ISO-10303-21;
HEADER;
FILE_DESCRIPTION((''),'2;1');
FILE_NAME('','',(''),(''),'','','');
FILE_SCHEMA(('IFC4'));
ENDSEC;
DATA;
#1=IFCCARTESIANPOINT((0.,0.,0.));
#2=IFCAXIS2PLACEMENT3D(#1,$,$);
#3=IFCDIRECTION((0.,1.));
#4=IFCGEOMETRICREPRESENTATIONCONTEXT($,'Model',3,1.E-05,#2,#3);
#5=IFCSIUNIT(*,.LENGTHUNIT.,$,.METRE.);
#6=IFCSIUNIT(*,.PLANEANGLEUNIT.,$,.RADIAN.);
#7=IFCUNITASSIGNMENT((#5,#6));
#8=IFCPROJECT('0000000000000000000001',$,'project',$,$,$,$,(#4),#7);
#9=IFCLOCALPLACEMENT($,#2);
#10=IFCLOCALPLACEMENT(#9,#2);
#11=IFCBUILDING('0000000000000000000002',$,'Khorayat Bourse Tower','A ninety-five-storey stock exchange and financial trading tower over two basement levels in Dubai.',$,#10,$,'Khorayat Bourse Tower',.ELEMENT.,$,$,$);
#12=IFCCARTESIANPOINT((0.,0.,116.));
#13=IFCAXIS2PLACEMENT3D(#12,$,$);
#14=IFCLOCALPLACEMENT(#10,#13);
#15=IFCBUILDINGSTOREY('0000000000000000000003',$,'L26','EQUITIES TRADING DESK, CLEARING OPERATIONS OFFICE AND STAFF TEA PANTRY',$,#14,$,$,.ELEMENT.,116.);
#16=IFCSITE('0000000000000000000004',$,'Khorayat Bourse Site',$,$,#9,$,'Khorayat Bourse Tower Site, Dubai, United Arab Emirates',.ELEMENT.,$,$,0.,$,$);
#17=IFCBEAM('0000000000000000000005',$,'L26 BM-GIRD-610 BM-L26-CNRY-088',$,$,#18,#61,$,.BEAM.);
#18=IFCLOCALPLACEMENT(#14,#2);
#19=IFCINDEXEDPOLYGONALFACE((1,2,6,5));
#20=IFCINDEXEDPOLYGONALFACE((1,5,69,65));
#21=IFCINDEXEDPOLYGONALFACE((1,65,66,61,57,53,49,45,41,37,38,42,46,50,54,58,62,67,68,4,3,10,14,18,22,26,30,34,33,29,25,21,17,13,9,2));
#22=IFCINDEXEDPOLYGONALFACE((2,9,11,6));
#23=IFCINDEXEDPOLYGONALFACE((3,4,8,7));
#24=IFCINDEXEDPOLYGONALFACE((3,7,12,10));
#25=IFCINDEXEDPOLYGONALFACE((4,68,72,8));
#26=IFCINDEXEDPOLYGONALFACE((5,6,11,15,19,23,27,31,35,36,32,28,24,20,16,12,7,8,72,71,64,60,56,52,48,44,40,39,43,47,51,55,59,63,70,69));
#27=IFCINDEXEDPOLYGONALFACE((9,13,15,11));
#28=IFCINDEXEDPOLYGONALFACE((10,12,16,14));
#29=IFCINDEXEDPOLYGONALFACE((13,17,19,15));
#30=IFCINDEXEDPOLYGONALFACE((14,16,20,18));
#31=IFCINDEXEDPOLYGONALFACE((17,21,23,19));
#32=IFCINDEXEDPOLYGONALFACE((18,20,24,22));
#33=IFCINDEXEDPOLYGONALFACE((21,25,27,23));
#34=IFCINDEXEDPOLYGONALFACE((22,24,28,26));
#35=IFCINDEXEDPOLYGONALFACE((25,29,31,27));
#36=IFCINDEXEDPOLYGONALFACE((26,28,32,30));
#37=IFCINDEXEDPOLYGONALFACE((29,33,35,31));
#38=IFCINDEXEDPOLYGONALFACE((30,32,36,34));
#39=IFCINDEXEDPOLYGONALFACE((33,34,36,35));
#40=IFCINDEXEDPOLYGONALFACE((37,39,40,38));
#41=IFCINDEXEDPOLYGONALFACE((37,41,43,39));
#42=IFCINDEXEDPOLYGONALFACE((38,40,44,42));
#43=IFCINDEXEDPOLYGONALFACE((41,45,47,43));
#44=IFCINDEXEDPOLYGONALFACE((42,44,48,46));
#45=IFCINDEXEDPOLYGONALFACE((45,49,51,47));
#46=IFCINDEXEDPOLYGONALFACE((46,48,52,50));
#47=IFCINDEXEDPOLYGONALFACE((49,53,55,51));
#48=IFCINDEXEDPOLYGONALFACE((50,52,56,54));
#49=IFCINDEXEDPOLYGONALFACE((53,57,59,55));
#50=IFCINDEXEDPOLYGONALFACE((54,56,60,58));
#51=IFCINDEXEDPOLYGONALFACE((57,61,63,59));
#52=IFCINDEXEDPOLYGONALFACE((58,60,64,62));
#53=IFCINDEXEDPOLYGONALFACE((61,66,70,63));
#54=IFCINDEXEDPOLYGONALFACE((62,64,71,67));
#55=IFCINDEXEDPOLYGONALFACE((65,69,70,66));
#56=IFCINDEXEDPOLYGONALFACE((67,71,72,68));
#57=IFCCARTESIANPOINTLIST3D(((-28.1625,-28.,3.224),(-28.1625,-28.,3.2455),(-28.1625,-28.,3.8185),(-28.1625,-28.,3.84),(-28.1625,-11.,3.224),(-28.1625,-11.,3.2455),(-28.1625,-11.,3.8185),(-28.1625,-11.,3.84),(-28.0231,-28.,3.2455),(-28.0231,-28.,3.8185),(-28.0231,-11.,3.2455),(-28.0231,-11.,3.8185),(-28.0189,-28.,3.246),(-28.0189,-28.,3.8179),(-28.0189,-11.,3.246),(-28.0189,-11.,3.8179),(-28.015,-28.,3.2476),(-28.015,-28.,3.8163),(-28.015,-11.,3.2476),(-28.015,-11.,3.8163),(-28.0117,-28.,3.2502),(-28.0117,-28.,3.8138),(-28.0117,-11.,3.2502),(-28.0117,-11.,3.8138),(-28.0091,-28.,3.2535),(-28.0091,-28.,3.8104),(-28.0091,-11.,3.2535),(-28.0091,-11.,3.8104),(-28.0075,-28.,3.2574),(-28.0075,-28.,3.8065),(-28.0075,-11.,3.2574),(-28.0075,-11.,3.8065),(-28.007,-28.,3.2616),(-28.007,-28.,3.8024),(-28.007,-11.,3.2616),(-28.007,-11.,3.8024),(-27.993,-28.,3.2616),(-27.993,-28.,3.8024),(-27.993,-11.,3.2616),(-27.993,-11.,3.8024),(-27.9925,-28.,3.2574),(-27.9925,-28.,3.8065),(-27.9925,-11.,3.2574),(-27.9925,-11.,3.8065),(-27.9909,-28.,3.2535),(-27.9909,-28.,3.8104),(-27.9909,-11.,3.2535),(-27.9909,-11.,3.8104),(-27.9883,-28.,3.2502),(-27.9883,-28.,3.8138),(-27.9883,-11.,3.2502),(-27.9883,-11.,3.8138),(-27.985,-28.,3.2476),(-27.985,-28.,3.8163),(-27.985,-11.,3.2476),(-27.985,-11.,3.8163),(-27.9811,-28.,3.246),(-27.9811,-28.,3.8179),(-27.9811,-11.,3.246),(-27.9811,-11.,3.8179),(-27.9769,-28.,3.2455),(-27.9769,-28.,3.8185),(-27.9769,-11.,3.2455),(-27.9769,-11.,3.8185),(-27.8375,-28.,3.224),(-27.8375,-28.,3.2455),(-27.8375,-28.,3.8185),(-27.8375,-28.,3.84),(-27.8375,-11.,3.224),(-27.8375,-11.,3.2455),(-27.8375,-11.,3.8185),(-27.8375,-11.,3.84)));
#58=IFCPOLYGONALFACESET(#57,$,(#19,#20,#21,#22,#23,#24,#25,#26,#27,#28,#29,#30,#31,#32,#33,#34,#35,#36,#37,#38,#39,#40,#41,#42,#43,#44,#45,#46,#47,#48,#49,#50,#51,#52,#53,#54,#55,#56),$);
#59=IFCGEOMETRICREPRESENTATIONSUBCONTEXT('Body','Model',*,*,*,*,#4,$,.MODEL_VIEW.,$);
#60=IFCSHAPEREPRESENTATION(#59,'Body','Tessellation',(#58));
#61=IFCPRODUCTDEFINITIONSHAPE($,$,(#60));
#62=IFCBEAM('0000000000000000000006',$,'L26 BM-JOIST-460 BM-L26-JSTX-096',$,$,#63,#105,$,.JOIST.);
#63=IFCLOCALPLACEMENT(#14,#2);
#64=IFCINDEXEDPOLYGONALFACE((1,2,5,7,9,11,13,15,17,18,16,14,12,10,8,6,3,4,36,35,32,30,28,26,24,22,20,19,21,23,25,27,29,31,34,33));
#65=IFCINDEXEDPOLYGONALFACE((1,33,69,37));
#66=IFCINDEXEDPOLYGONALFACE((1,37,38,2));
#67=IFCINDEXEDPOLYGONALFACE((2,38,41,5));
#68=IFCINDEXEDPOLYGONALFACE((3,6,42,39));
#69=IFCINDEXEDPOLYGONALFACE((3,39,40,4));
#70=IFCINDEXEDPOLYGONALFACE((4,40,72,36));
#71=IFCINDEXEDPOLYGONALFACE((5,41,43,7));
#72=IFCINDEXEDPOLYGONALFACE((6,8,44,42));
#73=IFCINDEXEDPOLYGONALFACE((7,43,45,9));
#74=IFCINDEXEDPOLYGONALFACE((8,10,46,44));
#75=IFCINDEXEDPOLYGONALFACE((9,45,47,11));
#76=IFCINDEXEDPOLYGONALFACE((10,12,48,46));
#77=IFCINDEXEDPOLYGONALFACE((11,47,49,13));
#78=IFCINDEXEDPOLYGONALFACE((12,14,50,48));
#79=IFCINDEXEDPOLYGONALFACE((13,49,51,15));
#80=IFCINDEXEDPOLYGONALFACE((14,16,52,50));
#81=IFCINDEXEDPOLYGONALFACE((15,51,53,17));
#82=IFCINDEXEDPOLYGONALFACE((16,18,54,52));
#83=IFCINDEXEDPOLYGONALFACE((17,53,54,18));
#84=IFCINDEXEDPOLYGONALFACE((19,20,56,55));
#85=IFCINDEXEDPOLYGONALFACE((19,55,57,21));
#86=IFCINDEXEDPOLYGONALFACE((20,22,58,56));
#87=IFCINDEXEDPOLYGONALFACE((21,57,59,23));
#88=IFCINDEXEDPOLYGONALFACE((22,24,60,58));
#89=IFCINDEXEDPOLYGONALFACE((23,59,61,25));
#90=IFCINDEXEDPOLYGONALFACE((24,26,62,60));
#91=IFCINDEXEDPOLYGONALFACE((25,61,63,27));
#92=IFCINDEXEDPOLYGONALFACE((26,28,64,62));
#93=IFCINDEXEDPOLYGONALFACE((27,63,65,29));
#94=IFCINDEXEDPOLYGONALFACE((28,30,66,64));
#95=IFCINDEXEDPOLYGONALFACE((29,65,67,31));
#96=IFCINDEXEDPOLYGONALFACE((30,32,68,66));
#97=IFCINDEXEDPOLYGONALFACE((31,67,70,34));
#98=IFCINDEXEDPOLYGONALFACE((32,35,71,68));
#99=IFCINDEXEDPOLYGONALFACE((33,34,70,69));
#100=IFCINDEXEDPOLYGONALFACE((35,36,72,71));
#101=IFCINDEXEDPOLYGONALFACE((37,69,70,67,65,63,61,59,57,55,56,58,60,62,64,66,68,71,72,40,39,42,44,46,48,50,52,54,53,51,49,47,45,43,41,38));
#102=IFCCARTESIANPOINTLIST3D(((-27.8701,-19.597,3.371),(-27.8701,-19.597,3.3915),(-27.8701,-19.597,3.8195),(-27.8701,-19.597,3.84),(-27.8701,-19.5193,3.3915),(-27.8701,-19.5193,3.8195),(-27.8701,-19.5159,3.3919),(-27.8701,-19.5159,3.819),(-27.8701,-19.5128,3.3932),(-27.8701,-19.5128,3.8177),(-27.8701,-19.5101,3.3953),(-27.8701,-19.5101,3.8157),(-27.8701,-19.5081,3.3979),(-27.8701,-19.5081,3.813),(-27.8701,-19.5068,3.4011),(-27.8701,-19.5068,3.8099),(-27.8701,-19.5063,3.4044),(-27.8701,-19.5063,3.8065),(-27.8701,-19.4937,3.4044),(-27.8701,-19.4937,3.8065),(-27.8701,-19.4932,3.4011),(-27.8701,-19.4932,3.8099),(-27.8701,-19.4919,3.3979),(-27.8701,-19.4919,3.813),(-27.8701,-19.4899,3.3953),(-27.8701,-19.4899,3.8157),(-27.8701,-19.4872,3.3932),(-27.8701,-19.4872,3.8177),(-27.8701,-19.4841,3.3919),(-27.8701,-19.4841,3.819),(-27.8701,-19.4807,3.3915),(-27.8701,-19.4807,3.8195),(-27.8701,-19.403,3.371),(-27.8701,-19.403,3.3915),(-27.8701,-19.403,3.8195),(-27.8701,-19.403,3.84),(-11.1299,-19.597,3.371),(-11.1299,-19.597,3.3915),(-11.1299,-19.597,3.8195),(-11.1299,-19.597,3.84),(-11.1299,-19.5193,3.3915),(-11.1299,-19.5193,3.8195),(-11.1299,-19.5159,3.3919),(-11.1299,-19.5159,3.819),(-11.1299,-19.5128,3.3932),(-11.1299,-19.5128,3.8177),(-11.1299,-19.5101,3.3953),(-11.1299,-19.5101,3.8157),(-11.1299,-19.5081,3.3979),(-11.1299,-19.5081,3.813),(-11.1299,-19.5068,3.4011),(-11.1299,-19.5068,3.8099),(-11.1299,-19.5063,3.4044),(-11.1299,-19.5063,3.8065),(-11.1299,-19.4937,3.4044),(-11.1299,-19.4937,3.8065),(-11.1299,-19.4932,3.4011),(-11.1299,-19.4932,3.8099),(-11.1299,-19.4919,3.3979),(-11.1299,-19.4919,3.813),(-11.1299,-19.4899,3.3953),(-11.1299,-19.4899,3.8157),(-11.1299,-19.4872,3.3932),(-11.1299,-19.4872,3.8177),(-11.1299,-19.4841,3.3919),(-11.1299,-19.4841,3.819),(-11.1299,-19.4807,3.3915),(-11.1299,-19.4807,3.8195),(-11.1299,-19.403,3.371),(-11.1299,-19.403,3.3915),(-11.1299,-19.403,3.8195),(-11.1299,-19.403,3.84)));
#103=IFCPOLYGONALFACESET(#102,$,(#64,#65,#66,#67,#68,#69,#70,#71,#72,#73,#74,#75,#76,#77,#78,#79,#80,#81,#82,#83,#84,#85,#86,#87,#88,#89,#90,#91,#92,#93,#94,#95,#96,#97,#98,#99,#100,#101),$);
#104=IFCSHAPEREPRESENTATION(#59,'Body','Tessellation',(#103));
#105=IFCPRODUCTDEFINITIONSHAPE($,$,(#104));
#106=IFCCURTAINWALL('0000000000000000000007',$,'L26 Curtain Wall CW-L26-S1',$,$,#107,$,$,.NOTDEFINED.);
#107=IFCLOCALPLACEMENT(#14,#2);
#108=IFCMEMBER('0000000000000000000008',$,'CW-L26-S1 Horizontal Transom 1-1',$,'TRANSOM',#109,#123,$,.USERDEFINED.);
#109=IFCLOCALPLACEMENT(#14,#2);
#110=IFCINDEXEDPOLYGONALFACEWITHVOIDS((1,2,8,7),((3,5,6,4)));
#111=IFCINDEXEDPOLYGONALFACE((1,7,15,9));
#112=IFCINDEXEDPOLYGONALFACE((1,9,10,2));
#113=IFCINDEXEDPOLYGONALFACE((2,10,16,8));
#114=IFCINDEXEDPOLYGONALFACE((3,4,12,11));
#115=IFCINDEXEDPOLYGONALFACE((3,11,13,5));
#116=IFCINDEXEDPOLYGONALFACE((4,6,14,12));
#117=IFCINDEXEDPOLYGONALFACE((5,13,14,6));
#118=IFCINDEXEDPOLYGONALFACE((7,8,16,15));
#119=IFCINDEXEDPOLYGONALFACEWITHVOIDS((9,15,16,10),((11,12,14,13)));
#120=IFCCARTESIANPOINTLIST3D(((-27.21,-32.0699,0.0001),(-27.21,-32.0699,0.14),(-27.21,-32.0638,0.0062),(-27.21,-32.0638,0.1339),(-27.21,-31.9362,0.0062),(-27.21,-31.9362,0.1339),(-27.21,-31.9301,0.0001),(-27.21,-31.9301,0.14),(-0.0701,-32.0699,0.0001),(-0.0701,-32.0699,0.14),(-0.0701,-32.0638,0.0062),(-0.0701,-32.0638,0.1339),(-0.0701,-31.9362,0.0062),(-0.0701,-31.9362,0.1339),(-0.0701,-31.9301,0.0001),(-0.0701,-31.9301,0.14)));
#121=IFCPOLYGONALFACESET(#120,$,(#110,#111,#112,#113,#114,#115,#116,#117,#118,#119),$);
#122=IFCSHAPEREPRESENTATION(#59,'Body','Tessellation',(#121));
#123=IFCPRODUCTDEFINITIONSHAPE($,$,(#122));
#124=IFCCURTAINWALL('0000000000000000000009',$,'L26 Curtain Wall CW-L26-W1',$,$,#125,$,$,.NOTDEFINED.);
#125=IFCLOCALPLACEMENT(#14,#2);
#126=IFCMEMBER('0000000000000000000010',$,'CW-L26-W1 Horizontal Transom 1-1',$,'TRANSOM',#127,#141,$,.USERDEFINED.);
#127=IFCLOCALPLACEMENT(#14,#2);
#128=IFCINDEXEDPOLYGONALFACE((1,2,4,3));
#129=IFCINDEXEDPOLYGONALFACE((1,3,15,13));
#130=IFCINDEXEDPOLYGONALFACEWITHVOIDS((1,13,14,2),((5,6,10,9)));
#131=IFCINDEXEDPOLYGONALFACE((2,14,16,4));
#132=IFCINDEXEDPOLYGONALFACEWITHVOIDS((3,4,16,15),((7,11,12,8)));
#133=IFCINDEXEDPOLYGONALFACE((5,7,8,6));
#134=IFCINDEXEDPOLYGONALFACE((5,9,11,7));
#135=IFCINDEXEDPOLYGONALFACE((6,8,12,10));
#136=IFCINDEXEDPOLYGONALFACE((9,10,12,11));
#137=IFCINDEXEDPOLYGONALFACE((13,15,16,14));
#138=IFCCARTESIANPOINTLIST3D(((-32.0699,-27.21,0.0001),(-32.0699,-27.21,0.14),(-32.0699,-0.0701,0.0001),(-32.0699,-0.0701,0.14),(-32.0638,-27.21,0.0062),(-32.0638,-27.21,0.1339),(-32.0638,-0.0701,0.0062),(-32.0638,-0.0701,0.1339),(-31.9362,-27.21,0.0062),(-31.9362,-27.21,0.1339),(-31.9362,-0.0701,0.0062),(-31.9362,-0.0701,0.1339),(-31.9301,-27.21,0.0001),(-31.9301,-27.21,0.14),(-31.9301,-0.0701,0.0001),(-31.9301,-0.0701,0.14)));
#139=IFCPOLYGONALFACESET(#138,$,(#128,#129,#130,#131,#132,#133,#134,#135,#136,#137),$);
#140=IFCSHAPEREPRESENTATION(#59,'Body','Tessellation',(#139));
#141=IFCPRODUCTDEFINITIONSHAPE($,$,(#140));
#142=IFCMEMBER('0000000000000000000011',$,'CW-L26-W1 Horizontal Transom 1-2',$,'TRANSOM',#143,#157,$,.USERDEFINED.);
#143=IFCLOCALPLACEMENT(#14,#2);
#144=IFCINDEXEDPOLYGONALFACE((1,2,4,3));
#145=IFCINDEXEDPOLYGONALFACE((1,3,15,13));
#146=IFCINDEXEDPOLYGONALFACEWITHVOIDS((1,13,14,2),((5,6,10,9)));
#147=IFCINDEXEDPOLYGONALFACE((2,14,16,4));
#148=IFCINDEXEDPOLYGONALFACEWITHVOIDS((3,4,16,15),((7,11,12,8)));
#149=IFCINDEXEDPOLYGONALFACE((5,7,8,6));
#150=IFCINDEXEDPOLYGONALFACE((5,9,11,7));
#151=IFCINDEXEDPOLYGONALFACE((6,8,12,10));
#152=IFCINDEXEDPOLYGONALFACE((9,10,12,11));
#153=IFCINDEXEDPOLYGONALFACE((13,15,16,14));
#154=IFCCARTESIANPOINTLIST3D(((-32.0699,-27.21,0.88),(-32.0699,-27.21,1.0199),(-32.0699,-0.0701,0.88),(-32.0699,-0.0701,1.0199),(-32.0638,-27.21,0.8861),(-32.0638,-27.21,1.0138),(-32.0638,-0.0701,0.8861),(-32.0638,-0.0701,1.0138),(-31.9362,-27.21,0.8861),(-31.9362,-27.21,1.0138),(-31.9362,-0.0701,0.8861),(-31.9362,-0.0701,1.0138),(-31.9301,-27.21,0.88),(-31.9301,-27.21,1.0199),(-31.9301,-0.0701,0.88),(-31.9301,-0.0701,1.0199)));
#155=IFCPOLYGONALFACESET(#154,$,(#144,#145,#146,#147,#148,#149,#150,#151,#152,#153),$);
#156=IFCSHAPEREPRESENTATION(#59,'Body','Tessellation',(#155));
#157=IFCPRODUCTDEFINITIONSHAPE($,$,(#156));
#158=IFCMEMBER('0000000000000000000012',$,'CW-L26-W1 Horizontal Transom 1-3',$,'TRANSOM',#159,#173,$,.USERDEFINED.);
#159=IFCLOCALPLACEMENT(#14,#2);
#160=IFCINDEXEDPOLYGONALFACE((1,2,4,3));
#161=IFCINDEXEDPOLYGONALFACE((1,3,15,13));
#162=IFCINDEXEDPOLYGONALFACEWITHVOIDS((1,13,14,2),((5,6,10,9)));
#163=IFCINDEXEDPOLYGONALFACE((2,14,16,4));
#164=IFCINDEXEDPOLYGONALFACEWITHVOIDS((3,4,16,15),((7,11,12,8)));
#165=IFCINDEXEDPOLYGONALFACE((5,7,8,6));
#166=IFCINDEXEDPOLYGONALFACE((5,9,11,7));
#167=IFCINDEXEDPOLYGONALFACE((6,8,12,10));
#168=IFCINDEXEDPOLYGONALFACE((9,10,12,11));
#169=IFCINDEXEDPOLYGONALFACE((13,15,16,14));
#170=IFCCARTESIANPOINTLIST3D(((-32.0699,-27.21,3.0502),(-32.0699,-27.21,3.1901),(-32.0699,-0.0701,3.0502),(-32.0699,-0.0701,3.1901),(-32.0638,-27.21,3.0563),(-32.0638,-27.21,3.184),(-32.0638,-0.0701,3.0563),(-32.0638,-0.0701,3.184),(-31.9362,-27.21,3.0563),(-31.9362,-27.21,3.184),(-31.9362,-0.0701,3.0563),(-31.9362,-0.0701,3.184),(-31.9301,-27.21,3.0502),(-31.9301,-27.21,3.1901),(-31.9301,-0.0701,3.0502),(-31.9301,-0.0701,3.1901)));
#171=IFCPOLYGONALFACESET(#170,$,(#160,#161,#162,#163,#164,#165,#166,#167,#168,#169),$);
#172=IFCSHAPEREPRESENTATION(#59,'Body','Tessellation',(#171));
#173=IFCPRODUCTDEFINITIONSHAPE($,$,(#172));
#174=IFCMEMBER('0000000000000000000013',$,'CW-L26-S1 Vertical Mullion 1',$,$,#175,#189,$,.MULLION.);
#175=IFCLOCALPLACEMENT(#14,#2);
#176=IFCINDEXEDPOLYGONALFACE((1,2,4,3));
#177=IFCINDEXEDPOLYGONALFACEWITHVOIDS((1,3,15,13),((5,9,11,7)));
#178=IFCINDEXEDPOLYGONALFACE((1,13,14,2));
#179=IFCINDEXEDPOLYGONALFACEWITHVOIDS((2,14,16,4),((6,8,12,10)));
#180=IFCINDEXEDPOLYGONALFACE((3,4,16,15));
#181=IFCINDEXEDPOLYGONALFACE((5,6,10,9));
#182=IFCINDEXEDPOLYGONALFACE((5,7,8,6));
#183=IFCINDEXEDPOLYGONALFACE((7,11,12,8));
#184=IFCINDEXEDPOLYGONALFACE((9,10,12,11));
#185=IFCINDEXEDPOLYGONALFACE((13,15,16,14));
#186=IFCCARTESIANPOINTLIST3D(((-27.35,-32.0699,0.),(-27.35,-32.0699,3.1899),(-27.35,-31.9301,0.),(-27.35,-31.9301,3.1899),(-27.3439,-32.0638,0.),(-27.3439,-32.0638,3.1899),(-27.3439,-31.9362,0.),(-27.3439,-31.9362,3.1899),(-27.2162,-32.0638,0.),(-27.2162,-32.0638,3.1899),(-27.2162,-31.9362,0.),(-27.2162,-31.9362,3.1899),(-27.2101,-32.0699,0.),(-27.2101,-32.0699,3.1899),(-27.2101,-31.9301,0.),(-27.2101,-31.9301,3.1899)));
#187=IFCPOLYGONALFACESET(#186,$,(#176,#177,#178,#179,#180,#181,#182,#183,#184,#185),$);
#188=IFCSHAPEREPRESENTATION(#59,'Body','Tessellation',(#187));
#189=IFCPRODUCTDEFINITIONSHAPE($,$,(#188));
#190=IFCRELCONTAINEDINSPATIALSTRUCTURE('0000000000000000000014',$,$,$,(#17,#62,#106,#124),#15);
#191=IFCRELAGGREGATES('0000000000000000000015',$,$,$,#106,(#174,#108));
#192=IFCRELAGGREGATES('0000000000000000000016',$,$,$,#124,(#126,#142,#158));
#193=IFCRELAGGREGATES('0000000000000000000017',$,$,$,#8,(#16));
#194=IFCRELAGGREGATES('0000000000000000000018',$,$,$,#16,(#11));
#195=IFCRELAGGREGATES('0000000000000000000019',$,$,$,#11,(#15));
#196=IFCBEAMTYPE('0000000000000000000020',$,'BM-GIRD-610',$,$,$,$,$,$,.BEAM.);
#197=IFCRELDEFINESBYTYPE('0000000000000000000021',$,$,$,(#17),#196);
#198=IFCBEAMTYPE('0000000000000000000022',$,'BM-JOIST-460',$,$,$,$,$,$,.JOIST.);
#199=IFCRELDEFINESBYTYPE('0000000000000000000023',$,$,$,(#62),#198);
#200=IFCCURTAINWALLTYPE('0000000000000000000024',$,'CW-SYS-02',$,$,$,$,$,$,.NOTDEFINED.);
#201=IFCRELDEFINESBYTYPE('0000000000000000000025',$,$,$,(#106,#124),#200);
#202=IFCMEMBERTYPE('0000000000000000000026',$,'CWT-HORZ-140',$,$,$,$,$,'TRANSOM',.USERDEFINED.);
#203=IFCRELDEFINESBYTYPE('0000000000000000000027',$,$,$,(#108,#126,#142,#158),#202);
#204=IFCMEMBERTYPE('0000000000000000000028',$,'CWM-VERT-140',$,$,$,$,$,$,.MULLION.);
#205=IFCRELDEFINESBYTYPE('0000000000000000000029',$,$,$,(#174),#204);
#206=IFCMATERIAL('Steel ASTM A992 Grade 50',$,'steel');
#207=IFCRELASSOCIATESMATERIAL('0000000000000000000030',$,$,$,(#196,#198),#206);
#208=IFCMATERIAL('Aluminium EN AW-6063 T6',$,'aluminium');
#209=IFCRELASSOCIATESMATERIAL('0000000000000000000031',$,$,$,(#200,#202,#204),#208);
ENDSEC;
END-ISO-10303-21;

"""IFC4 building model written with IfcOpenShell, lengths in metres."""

from ifc_helpers import new_model, si_unit, direction, frame, origin, origin_2d, place, context, subcontext, project, spatial, hollow_rectangle, i_section, extrude, source, transform, mapped, material, material_profile, profile_set, type_object, element, aggregate, save


model = new_model("IFC4")

# Units and contexts
model_context = context("Model", 3, precision=1e-05, world=origin(), true_north=direction((0.0, 1.0)))
body_context = subcontext(model_context, "Body", "Model", "MODEL_VIEW")
ifc_project = project(units=[si_unit("LENGTHUNIT", "METRE"), si_unit("PLANEANGLEUNIT", "RADIAN")], contexts=[model_context])

# Site, building, storey
site_placement = place(None, origin())
site = spatial("IfcSite", under=ifc_project, at=site_placement, Name="Khorayat Bourse Site", LongName="Khorayat Bourse Tower Site, Dubai, United Arab Emirates", CompositionType="ELEMENT", RefElevation=0.0)
building_placement = place(site_placement, origin())
building = spatial("IfcBuilding", under=site, at=building_placement, Name="Khorayat Bourse Tower", Description="A ninety-five-storey stock exchange and financial trading tower over two basement levels in Dubai.", LongName="Khorayat Bourse Tower", CompositionType="ELEMENT")
storey_placement = place(building_placement, frame((0.0, 0.0, 116.0)))
storey = spatial("IfcBuildingStorey", under=building, at=storey_placement, Name="L26", Description="EQUITIES TRADING DESK, CLEARING OPERATIONS OFFICE AND STAFF TEA PANTRY", CompositionType="ELEMENT", Elevation=116.0)

# Beams
ifc_material_1 = material(Name="Steel ASTM A992 Grade 50", Category="steel")
ifc_material_profile_1 = material_profile(ifc_material_1, i_section(OverallWidth=0.325, OverallDepth=0.616, WebThickness=0.0139, FlangeThickness=0.0215, FilletRadius=0.0161, at=origin_2d()), Name="W610X174")
ifc_profile_set_1 = profile_set([ifc_material_profile_1], Name="Steel ASTM A992 Grade 50")
beam_type_1 = type_object("IfcBeamType", Name="BM-GIRD-610", PredefinedType="BEAM", material=ifc_profile_set_1)
shared_shape_1 = source(origin(), body_context, "Body", "SweptSolid", [
    extrude(i_section(OverallWidth=0.325, OverallDepth=0.616, WebThickness=0.0139, FlangeThickness=0.0215, FilletRadius=0.0161, at=origin_2d()), origin(), (0.0, 0.0, 1.0), 17.0),
])
beam_1_placement = place(storey_placement, frame((-28.0, -28.0, 3.532), z_axis=(0.0, 1.0, 0.0), x_axis=(-1.0, 0.0, 0.0)))
element("IfcBeam", 1, at=beam_1_placement, inside=storey, type_object=beam_type_1, Name="L26 BM-GIRD-610 BM-L26-CNRY-088", PredefinedType="BEAM", context=body_context, shape_type="MappedRepresentation", body=[
    mapped(shared_shape_1, transform((0.0, 0.0, 0.0), scale=1.0)),
])
ifc_material_profile_2 = material_profile(ifc_material_1, i_section(OverallWidth=0.1941, OverallDepth=0.469, WebThickness=0.0127, FlangeThickness=0.0205, FilletRadius=0.0129, at=origin_2d()), Name="W460X106")
ifc_profile_set_2 = profile_set([ifc_material_profile_2], Name="Steel ASTM A992 Grade 50")
beam_type_2 = type_object("IfcBeamType", Name="BM-JOIST-460", PredefinedType="JOIST", material=ifc_profile_set_2)
shared_shape_2 = source(origin(), body_context, "Body", "SweptSolid", [
    extrude(i_section(OverallWidth=0.1941, OverallDepth=0.469, WebThickness=0.0127, FlangeThickness=0.0205, FilletRadius=0.0129, at=origin_2d()), origin(), (0.0, 0.0, 1.0), 16.7402),
])
beam_2_placement = place(storey_placement, frame((-27.8701, -19.5, 3.6055), z_axis=(1.0, 0.0, 0.0), x_axis=(0.0, 1.0, 0.0)))
element("IfcBeam", 2, at=beam_2_placement, inside=storey, type_object=beam_type_2, Name="L26 BM-JOIST-460 BM-L26-JSTX-096", PredefinedType="JOIST", context=body_context, shape_type="MappedRepresentation", body=[
    mapped(shared_shape_2, transform((0.0, 0.0, 0.0), scale=1.0)),
])

# Curtain wall, member
ifc_material_2 = material(Name="Aluminium EN AW-6063 T6", Category="aluminium")
curtain_wall_type = type_object("IfcCurtainWallType", Name="CW-SYS-02", PredefinedType="NOTDEFINED", material=ifc_material_2)
curtain_wall_1_placement = place(storey_placement, origin())
curtain_wall_1 = element("IfcCurtainWall", 3, at=curtain_wall_1_placement, inside=storey, type_object=curtain_wall_type, Name="L26 Curtain Wall CW-L26-S1", PredefinedType="NOTDEFINED")
ifc_material_profile_3 = material_profile(ifc_material_2, hollow_rectangle(XDim=0.1399, YDim=0.1399, WallThickness=0.0061, at=origin_2d()), Name="ALU 140x140x6")
ifc_profile_set_3 = profile_set([ifc_material_profile_3], Name="Aluminium EN AW-6063 T6")
member_type_1 = type_object("IfcMemberType", Name="CWT-HORZ-140", ElementType="TRANSOM", PredefinedType="USERDEFINED", material=ifc_profile_set_3)
shared_shape_3 = source(origin(), body_context, "Body", "SweptSolid", [
    extrude(hollow_rectangle(XDim=0.1399, YDim=0.1399, WallThickness=0.0061, at=origin_2d()), origin(), (0.0, 0.0, 1.0), 27.1399),
])
member_1_placement = place(storey_placement, frame((-27.21, -32.0, 0.0701), z_axis=(1.0, 0.0, 0.0), x_axis=(0.0, 1.0, 0.0)))
member_1 = element("IfcMember", 4, at=member_1_placement, type_object=member_type_1, Name="CW-L26-S1 Horizontal Transom 1-1", ObjectType="TRANSOM", PredefinedType="USERDEFINED", context=body_context, shape_type="MappedRepresentation", body=[
    mapped(shared_shape_3, transform((0.0, 0.0, 0.0), scale=1.0)),
])

# Curtain wall, members
curtain_wall_2_placement = place(storey_placement, origin())
curtain_wall_2 = element("IfcCurtainWall", 5, at=curtain_wall_2_placement, inside=storey, type_object=curtain_wall_type, Name="L26 Curtain Wall CW-L26-W1", PredefinedType="NOTDEFINED")
member_2_placement = place(storey_placement, frame((-32.0, -27.21, 0.0701), z_axis=(0.0, 1.0, 0.0), x_axis=(-1.0, 0.0, 0.0)))
member_2 = element("IfcMember", 6, at=member_2_placement, type_object=member_type_1, Name="CW-L26-W1 Horizontal Transom 1-1", ObjectType="TRANSOM", PredefinedType="USERDEFINED", context=body_context, shape_type="MappedRepresentation", body=[
    mapped(shared_shape_3, transform((0.0, 0.0, 0.0), scale=1.0)),
])
member_3_placement = place(storey_placement, frame((-32.0, -27.21, 0.95), z_axis=(0.0, 1.0, 0.0), x_axis=(-1.0, 0.0, 0.0)))
member_3 = element("IfcMember", 7, at=member_3_placement, type_object=member_type_1, Name="CW-L26-W1 Horizontal Transom 1-2", ObjectType="TRANSOM", PredefinedType="USERDEFINED", context=body_context, shape_type="MappedRepresentation", body=[
    mapped(shared_shape_3, transform((0.0, 0.0, 0.0), scale=1.0)),
])
member_4_placement = place(storey_placement, frame((-32.0, -27.21, 3.1201), z_axis=(0.0, 1.0, 0.0), x_axis=(-1.0, 0.0, 0.0)))
member_4 = element("IfcMember", 8, at=member_4_placement, type_object=member_type_1, Name="CW-L26-W1 Horizontal Transom 1-3", ObjectType="TRANSOM", PredefinedType="USERDEFINED", context=body_context, shape_type="MappedRepresentation", body=[
    mapped(shared_shape_3, transform((0.0, 0.0, 0.0), scale=1.0)),
])

# Member
ifc_material_profile_4 = material_profile(ifc_material_2, hollow_rectangle(XDim=0.1399, YDim=0.1399, WallThickness=0.0061, at=origin_2d()), Name="ALU 140x140x6")
ifc_profile_set_4 = profile_set([ifc_material_profile_4], Name="Aluminium EN AW-6063 T6")
member_type_2 = type_object("IfcMemberType", Name="CWM-VERT-140", PredefinedType="MULLION", material=ifc_profile_set_4)
shared_shape_4 = source(origin(), body_context, "Body", "SweptSolid", [
    extrude(hollow_rectangle(XDim=0.1399, YDim=0.1399, WallThickness=0.0061, at=origin_2d()), origin(), (0.0, 0.0, 1.0), 3.1899),
])
member_5_placement = place(storey_placement, frame((-27.28, -32.0, 0.0), z_axis=(0.0, 0.0, 1.0), x_axis=(0.0, 1.0, 0.0)))
member_5 = element("IfcMember", 9, at=member_5_placement, type_object=member_type_2, Name="CW-L26-S1 Vertical Mullion 1", PredefinedType="MULLION", context=body_context, shape_type="MappedRepresentation", body=[
    mapped(shared_shape_4, transform((0.0, 0.0, 0.0), scale=1.0)),
])
aggregate(curtain_wall_1, [member_5, member_1])

aggregate(curtain_wall_2, [member_2, member_3, member_4])

save(model, "model.ifc")
